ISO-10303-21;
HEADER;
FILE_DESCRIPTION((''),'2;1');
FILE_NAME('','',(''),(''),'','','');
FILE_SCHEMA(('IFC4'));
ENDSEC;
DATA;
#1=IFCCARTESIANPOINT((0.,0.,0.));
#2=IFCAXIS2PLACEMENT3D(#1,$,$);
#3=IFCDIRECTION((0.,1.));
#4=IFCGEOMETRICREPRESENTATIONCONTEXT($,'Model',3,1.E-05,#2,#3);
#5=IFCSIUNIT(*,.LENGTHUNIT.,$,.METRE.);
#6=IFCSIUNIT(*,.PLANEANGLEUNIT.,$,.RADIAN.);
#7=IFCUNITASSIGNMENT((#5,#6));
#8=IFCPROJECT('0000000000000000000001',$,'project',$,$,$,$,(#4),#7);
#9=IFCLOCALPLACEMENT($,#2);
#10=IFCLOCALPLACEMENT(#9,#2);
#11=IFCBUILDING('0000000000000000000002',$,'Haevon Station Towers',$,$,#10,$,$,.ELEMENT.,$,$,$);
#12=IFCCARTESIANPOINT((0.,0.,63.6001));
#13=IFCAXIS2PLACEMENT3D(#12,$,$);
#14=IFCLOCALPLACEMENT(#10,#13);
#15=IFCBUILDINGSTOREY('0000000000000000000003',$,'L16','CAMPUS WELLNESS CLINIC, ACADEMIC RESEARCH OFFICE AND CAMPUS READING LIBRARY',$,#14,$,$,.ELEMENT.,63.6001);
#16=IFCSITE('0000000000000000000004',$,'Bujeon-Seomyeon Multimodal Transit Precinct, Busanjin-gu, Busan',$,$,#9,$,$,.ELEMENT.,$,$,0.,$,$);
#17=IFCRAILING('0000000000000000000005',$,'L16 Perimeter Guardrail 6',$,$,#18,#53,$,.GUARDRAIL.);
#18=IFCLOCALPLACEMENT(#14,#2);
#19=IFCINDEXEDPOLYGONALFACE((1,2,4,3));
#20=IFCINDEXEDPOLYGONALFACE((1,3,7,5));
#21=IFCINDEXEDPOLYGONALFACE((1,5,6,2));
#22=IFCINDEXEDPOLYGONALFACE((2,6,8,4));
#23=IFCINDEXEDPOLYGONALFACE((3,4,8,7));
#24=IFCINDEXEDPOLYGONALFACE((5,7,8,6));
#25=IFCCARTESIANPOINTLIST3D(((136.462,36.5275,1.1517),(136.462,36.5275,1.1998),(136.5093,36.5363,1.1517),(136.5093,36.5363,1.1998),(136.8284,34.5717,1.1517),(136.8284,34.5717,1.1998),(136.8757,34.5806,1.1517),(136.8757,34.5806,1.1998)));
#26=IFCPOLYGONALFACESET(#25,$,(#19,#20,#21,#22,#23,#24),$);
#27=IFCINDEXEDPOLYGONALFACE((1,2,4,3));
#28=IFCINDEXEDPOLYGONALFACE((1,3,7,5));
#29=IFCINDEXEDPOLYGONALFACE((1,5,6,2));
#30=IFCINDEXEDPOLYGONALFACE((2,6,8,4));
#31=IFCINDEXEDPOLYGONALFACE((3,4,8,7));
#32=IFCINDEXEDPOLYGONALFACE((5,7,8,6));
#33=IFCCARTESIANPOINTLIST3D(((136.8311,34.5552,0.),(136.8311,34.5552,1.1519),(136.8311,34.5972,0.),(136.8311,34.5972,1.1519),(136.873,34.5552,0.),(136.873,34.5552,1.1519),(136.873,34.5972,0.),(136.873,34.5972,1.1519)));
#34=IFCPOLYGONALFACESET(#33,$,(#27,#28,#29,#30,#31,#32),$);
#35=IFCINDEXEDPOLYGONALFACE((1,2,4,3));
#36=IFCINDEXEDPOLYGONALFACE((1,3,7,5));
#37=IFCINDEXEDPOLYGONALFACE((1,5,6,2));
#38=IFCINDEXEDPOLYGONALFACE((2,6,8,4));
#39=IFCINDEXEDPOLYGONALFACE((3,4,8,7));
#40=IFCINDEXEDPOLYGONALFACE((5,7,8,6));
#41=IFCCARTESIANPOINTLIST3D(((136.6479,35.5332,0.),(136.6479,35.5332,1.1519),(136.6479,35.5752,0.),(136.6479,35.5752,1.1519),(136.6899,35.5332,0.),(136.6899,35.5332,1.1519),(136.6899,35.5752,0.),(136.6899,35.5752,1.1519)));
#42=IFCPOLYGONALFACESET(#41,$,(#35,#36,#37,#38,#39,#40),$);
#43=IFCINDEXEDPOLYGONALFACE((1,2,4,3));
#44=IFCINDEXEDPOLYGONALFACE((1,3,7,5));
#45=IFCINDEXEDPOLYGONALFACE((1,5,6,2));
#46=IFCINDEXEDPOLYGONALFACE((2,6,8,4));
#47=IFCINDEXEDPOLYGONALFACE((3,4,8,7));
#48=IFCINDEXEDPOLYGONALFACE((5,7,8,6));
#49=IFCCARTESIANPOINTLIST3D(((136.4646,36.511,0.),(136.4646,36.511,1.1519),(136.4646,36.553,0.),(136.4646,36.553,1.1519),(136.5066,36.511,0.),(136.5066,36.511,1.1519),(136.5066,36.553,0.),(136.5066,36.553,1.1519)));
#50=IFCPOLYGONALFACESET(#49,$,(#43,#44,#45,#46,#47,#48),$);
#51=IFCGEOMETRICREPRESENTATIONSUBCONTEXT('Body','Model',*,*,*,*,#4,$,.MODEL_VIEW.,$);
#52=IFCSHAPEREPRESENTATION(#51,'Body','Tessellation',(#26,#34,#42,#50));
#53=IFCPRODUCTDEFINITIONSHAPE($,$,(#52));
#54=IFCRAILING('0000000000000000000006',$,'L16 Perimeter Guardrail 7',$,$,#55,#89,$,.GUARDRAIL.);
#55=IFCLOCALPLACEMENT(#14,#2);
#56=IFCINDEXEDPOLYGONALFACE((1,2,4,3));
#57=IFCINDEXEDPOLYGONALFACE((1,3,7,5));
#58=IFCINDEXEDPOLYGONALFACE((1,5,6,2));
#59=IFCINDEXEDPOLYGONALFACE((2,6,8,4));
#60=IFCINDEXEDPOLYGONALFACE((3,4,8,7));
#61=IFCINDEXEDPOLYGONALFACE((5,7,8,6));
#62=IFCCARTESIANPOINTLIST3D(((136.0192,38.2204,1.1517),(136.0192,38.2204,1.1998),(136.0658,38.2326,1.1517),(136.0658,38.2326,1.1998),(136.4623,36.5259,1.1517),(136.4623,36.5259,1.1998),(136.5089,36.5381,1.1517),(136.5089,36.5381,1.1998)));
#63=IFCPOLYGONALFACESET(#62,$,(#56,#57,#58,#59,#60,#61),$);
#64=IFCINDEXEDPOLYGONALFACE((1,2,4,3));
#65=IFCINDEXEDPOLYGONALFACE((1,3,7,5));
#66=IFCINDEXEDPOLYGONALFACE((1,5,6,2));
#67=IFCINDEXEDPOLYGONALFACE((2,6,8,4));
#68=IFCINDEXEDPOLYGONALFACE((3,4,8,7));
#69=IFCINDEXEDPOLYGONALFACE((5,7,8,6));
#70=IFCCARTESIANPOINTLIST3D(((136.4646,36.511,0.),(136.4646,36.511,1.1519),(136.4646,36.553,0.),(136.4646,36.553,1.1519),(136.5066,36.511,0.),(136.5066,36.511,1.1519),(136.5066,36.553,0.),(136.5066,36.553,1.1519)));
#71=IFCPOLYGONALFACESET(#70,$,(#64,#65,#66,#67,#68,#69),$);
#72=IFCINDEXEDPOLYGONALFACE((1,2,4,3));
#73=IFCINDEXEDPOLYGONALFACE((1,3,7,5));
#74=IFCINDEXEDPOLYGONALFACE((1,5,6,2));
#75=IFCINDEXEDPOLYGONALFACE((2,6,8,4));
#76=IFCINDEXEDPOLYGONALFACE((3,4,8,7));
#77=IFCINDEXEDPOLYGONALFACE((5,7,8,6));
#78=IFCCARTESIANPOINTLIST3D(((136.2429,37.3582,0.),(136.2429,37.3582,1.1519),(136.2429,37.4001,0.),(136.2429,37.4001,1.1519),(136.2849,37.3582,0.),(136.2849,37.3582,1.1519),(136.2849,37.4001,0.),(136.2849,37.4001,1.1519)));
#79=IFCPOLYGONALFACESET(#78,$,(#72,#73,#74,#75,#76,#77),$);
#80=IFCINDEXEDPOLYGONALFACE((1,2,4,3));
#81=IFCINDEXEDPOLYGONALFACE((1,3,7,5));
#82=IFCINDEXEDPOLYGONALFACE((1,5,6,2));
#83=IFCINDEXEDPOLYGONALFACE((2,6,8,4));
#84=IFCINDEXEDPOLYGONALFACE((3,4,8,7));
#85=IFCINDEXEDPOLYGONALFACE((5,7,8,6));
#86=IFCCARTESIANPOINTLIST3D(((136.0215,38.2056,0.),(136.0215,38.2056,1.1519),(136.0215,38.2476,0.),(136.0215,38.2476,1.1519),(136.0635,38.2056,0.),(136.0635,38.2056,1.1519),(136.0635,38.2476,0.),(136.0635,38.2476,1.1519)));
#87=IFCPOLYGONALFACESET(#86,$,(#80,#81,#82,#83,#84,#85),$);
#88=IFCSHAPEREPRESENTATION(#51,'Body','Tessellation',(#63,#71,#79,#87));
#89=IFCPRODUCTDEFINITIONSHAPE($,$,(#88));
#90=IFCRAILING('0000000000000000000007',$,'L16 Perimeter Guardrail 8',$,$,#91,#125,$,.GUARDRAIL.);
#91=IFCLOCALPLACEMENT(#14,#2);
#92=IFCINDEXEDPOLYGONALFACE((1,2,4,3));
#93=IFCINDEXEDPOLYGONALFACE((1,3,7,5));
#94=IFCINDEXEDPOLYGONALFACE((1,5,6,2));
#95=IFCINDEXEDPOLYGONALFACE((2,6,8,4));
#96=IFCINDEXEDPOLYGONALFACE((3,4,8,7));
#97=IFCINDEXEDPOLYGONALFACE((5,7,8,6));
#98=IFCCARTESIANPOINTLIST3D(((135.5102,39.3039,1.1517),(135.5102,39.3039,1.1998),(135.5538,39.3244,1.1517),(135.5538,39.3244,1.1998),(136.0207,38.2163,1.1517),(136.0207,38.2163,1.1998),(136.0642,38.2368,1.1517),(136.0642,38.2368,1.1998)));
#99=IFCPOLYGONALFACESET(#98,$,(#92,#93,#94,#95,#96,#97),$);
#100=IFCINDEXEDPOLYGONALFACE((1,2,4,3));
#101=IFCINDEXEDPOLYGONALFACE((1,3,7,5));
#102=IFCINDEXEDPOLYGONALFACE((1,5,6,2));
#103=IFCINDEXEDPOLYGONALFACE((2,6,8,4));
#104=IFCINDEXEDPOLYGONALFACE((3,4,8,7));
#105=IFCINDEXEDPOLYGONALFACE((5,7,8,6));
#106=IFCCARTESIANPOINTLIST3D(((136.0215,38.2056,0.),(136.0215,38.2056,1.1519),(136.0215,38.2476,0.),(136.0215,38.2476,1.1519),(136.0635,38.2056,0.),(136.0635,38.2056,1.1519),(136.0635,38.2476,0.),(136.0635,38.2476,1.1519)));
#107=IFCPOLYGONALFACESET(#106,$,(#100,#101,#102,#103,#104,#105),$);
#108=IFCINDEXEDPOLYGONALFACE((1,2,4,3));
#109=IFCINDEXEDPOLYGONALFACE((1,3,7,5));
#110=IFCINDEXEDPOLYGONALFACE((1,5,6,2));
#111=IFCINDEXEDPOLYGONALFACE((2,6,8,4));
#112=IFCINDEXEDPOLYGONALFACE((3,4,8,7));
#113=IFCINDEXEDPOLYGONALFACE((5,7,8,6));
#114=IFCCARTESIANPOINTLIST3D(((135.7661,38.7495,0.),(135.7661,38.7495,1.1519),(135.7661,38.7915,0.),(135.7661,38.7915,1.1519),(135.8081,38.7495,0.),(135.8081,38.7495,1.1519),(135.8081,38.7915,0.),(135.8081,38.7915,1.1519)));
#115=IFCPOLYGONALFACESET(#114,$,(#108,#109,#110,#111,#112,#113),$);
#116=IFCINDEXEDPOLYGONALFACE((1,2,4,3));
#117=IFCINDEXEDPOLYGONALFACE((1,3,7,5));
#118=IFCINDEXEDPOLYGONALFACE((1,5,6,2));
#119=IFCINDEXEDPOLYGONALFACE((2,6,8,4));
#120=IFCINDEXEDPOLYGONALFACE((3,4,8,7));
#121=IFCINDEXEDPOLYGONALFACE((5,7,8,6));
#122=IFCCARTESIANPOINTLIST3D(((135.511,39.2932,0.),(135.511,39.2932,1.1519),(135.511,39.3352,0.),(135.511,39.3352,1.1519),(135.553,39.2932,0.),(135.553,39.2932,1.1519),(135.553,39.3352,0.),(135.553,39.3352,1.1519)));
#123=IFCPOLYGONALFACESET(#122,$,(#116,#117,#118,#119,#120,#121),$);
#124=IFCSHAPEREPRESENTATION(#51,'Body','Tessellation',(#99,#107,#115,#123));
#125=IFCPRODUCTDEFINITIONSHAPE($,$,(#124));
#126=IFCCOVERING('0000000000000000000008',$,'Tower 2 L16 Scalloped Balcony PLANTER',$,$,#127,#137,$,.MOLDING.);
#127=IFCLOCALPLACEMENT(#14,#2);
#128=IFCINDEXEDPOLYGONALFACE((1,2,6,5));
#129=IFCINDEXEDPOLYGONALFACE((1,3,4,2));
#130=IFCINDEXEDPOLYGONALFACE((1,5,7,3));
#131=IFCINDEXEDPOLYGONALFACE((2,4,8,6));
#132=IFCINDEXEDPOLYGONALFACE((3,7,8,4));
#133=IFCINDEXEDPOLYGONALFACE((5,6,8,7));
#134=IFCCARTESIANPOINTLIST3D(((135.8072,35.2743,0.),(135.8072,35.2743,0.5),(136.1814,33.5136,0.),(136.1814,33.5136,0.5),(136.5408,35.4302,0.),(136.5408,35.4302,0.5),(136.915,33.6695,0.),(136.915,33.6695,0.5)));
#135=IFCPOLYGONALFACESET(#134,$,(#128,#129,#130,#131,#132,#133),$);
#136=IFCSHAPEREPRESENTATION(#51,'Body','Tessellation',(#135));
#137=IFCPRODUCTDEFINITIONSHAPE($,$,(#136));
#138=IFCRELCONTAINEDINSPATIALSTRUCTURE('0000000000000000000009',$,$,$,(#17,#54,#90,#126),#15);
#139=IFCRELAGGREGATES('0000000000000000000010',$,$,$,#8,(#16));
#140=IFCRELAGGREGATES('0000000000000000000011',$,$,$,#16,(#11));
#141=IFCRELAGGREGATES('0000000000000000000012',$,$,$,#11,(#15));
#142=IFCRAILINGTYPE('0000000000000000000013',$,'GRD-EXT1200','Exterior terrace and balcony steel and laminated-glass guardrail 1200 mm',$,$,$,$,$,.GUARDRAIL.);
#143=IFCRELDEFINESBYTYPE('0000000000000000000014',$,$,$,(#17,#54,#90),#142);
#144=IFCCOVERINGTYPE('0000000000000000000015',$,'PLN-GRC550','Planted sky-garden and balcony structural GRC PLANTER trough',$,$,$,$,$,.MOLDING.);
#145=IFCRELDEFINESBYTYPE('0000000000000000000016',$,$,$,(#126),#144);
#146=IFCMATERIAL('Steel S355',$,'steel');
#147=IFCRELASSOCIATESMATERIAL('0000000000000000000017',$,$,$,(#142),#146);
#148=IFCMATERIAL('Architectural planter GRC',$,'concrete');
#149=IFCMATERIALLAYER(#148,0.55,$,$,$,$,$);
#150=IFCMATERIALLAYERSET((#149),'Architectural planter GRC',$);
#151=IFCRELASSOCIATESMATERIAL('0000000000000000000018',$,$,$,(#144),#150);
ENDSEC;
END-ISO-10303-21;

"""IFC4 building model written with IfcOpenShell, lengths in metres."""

from ifc_helpers import new_model, si_unit, direction, frame, origin, origin_2d, place, context, subcontext, project, spatial, rectangle, extrude, material, layer, layer_set, type_object, element, save


model = new_model("IFC4")

# Units and contexts
model_context = context("Model", 3, precision=1e-05, world=origin(), true_north=direction((0.0, 1.0)))
body_context = subcontext(model_context, "Body", "Model", "MODEL_VIEW")
ifc_project = project(units=[si_unit("LENGTHUNIT", "METRE"), si_unit("PLANEANGLEUNIT", "RADIAN")], contexts=[model_context])

# Site, building, storey
site_placement = place(None, origin())
site = spatial("IfcSite", under=ifc_project, at=site_placement, Name="Bujeon-Seomyeon Multimodal Transit Precinct, Busanjin-gu, Busan", CompositionType="ELEMENT", RefElevation=0.0)
building_placement = place(site_placement, origin())
building = spatial("IfcBuilding", under=site, at=building_placement, Name="Haevon Station Towers", CompositionType="ELEMENT")
storey_placement = place(building_placement, frame((0.0, 0.0, 63.6001)))
storey = spatial("IfcBuildingStorey", under=building, at=storey_placement, Name="L16", Description="CAMPUS WELLNESS CLINIC, ACADEMIC RESEARCH OFFICE AND CAMPUS READING LIBRARY", CompositionType="ELEMENT", Elevation=63.6001)

# Shared definitions
ifc_material_1 = material(Name="Steel S355", Category="steel")

# Railings
railing_type = type_object("IfcRailingType", Name="GRD-EXT1200", Description="Exterior terrace and balcony steel and laminated-glass guardrail 1200 mm", PredefinedType="GUARDRAIL", material=ifc_material_1)
railing_1_placement = place(storey_placement, frame((136.8521, 34.5762, 0.0)))
element("IfcRailing", 1, at=railing_1_placement, inside=storey, type_object=railing_type, Name="L16 Perimeter Guardrail 6", PredefinedType="GUARDRAIL", context=body_context, shape_type="SweptSolid", body=[
    extrude(rectangle(XDim=0.0481, YDim=0.0481, at=origin_2d()), frame((0.0, 0.0, 1.1758), z_axis=(-0.184163, 0.982896, 0.0), x_axis=(-0.982896, -0.184163, 0.0)), (0.0, 0.0, 1.0), 1.9897),
    extrude(rectangle(XDim=0.042, YDim=0.042, at=origin_2d()), origin(), (0.0, 0.0, 1.0), 1.1519),
    extrude(rectangle(XDim=0.042, YDim=0.042, at=origin_2d()), frame((-0.1831, 0.978, 0.0)), (0.0, 0.0, 1.0), 1.1519),
    extrude(rectangle(XDim=0.042, YDim=0.042, at=origin_2d()), frame((-0.3665, 1.9558, 0.0)), (0.0, 0.0, 1.0), 1.1519),
])
railing_2_placement = place(storey_placement, frame((136.4856, 36.532, 0.0)))
element("IfcRailing", 2, at=railing_2_placement, inside=storey, type_object=railing_type, Name="L16 Perimeter Guardrail 7", PredefinedType="GUARDRAIL", context=body_context, shape_type="SweptSolid", body=[
    extrude(rectangle(XDim=0.0481, YDim=0.0481, at=origin_2d()), frame((0.0, 0.0, 1.1758), z_axis=(-0.252984, 0.967471, 0.0), x_axis=(-0.967471, -0.252984, 0.0)), (0.0, 0.0, 1.0), 1.7515),
    extrude(rectangle(XDim=0.042, YDim=0.042, at=origin_2d()), origin(), (0.0, 0.0, 1.0), 1.1519),
    extrude(rectangle(XDim=0.042, YDim=0.042, at=origin_2d()), frame((-0.2217, 0.8472, 0.0)), (0.0, 0.0, 1.0), 1.1519),
    extrude(rectangle(XDim=0.042, YDim=0.042, at=origin_2d()), frame((-0.4431, 1.6946, 0.0)), (0.0, 0.0, 1.0), 1.1519),
])
railing_3_placement = place(storey_placement, frame((136.0425, 38.2266, 0.0)))
element("IfcRailing", 3, at=railing_3_placement, inside=storey, type_object=railing_type, Name="L16 Perimeter Guardrail 8", PredefinedType="GUARDRAIL", context=body_context, shape_type="SweptSolid", body=[
    extrude(rectangle(XDim=0.0481, YDim=0.0481, at=origin_2d()), frame((0.0, 0.0, 1.1758), z_axis=(-0.424887, 0.905247, 0.0), x_axis=(-0.905247, -0.424887, 0.0)), (0.0, 0.0, 1.0), 1.2014),
    extrude(rectangle(XDim=0.042, YDim=0.042, at=origin_2d()), origin(), (0.0, 0.0, 1.0), 1.1519),
    extrude(rectangle(XDim=0.042, YDim=0.042, at=origin_2d()), frame((-0.2554, 0.5439, 0.0)), (0.0, 0.0, 1.0), 1.1519),
    extrude(rectangle(XDim=0.042, YDim=0.042, at=origin_2d()), frame((-0.5105, 1.0876, 0.0)), (0.0, 0.0, 1.0), 1.1519),
])

# Covering
ifc_material_2 = material(Name="Architectural planter GRC", Category="concrete")
ifc_layer_1 = layer(ifc_material_2, 0.55)
ifc_layer_set_1 = layer_set([ifc_layer_1], Name="Architectural planter GRC")
covering_type = type_object("IfcCoveringType", Name="PLN-GRC550", Description="Planted sky-garden and balcony structural GRC PLANTER trough", PredefinedType="MOLDING", material=ifc_layer_set_1)
covering_placement = place(storey_placement, frame((136.3611, 34.4719, 0.0), z_axis=(0.0, 0.0, 1.0), x_axis=(0.978148, 0.207912, 0.0)))
element("IfcCovering", 4, at=covering_placement, inside=storey, type_object=covering_type, Name="Tower 2 L16 Scalloped Balcony PLANTER", PredefinedType="MOLDING", context=body_context, shape_type="SweptSolid", body=[
    extrude(rectangle(XDim=0.75, YDim=1.8, at=origin_2d()), origin(), (0.0, 0.0, 1.0), 0.5),
])

save(model, "model.ifc")
